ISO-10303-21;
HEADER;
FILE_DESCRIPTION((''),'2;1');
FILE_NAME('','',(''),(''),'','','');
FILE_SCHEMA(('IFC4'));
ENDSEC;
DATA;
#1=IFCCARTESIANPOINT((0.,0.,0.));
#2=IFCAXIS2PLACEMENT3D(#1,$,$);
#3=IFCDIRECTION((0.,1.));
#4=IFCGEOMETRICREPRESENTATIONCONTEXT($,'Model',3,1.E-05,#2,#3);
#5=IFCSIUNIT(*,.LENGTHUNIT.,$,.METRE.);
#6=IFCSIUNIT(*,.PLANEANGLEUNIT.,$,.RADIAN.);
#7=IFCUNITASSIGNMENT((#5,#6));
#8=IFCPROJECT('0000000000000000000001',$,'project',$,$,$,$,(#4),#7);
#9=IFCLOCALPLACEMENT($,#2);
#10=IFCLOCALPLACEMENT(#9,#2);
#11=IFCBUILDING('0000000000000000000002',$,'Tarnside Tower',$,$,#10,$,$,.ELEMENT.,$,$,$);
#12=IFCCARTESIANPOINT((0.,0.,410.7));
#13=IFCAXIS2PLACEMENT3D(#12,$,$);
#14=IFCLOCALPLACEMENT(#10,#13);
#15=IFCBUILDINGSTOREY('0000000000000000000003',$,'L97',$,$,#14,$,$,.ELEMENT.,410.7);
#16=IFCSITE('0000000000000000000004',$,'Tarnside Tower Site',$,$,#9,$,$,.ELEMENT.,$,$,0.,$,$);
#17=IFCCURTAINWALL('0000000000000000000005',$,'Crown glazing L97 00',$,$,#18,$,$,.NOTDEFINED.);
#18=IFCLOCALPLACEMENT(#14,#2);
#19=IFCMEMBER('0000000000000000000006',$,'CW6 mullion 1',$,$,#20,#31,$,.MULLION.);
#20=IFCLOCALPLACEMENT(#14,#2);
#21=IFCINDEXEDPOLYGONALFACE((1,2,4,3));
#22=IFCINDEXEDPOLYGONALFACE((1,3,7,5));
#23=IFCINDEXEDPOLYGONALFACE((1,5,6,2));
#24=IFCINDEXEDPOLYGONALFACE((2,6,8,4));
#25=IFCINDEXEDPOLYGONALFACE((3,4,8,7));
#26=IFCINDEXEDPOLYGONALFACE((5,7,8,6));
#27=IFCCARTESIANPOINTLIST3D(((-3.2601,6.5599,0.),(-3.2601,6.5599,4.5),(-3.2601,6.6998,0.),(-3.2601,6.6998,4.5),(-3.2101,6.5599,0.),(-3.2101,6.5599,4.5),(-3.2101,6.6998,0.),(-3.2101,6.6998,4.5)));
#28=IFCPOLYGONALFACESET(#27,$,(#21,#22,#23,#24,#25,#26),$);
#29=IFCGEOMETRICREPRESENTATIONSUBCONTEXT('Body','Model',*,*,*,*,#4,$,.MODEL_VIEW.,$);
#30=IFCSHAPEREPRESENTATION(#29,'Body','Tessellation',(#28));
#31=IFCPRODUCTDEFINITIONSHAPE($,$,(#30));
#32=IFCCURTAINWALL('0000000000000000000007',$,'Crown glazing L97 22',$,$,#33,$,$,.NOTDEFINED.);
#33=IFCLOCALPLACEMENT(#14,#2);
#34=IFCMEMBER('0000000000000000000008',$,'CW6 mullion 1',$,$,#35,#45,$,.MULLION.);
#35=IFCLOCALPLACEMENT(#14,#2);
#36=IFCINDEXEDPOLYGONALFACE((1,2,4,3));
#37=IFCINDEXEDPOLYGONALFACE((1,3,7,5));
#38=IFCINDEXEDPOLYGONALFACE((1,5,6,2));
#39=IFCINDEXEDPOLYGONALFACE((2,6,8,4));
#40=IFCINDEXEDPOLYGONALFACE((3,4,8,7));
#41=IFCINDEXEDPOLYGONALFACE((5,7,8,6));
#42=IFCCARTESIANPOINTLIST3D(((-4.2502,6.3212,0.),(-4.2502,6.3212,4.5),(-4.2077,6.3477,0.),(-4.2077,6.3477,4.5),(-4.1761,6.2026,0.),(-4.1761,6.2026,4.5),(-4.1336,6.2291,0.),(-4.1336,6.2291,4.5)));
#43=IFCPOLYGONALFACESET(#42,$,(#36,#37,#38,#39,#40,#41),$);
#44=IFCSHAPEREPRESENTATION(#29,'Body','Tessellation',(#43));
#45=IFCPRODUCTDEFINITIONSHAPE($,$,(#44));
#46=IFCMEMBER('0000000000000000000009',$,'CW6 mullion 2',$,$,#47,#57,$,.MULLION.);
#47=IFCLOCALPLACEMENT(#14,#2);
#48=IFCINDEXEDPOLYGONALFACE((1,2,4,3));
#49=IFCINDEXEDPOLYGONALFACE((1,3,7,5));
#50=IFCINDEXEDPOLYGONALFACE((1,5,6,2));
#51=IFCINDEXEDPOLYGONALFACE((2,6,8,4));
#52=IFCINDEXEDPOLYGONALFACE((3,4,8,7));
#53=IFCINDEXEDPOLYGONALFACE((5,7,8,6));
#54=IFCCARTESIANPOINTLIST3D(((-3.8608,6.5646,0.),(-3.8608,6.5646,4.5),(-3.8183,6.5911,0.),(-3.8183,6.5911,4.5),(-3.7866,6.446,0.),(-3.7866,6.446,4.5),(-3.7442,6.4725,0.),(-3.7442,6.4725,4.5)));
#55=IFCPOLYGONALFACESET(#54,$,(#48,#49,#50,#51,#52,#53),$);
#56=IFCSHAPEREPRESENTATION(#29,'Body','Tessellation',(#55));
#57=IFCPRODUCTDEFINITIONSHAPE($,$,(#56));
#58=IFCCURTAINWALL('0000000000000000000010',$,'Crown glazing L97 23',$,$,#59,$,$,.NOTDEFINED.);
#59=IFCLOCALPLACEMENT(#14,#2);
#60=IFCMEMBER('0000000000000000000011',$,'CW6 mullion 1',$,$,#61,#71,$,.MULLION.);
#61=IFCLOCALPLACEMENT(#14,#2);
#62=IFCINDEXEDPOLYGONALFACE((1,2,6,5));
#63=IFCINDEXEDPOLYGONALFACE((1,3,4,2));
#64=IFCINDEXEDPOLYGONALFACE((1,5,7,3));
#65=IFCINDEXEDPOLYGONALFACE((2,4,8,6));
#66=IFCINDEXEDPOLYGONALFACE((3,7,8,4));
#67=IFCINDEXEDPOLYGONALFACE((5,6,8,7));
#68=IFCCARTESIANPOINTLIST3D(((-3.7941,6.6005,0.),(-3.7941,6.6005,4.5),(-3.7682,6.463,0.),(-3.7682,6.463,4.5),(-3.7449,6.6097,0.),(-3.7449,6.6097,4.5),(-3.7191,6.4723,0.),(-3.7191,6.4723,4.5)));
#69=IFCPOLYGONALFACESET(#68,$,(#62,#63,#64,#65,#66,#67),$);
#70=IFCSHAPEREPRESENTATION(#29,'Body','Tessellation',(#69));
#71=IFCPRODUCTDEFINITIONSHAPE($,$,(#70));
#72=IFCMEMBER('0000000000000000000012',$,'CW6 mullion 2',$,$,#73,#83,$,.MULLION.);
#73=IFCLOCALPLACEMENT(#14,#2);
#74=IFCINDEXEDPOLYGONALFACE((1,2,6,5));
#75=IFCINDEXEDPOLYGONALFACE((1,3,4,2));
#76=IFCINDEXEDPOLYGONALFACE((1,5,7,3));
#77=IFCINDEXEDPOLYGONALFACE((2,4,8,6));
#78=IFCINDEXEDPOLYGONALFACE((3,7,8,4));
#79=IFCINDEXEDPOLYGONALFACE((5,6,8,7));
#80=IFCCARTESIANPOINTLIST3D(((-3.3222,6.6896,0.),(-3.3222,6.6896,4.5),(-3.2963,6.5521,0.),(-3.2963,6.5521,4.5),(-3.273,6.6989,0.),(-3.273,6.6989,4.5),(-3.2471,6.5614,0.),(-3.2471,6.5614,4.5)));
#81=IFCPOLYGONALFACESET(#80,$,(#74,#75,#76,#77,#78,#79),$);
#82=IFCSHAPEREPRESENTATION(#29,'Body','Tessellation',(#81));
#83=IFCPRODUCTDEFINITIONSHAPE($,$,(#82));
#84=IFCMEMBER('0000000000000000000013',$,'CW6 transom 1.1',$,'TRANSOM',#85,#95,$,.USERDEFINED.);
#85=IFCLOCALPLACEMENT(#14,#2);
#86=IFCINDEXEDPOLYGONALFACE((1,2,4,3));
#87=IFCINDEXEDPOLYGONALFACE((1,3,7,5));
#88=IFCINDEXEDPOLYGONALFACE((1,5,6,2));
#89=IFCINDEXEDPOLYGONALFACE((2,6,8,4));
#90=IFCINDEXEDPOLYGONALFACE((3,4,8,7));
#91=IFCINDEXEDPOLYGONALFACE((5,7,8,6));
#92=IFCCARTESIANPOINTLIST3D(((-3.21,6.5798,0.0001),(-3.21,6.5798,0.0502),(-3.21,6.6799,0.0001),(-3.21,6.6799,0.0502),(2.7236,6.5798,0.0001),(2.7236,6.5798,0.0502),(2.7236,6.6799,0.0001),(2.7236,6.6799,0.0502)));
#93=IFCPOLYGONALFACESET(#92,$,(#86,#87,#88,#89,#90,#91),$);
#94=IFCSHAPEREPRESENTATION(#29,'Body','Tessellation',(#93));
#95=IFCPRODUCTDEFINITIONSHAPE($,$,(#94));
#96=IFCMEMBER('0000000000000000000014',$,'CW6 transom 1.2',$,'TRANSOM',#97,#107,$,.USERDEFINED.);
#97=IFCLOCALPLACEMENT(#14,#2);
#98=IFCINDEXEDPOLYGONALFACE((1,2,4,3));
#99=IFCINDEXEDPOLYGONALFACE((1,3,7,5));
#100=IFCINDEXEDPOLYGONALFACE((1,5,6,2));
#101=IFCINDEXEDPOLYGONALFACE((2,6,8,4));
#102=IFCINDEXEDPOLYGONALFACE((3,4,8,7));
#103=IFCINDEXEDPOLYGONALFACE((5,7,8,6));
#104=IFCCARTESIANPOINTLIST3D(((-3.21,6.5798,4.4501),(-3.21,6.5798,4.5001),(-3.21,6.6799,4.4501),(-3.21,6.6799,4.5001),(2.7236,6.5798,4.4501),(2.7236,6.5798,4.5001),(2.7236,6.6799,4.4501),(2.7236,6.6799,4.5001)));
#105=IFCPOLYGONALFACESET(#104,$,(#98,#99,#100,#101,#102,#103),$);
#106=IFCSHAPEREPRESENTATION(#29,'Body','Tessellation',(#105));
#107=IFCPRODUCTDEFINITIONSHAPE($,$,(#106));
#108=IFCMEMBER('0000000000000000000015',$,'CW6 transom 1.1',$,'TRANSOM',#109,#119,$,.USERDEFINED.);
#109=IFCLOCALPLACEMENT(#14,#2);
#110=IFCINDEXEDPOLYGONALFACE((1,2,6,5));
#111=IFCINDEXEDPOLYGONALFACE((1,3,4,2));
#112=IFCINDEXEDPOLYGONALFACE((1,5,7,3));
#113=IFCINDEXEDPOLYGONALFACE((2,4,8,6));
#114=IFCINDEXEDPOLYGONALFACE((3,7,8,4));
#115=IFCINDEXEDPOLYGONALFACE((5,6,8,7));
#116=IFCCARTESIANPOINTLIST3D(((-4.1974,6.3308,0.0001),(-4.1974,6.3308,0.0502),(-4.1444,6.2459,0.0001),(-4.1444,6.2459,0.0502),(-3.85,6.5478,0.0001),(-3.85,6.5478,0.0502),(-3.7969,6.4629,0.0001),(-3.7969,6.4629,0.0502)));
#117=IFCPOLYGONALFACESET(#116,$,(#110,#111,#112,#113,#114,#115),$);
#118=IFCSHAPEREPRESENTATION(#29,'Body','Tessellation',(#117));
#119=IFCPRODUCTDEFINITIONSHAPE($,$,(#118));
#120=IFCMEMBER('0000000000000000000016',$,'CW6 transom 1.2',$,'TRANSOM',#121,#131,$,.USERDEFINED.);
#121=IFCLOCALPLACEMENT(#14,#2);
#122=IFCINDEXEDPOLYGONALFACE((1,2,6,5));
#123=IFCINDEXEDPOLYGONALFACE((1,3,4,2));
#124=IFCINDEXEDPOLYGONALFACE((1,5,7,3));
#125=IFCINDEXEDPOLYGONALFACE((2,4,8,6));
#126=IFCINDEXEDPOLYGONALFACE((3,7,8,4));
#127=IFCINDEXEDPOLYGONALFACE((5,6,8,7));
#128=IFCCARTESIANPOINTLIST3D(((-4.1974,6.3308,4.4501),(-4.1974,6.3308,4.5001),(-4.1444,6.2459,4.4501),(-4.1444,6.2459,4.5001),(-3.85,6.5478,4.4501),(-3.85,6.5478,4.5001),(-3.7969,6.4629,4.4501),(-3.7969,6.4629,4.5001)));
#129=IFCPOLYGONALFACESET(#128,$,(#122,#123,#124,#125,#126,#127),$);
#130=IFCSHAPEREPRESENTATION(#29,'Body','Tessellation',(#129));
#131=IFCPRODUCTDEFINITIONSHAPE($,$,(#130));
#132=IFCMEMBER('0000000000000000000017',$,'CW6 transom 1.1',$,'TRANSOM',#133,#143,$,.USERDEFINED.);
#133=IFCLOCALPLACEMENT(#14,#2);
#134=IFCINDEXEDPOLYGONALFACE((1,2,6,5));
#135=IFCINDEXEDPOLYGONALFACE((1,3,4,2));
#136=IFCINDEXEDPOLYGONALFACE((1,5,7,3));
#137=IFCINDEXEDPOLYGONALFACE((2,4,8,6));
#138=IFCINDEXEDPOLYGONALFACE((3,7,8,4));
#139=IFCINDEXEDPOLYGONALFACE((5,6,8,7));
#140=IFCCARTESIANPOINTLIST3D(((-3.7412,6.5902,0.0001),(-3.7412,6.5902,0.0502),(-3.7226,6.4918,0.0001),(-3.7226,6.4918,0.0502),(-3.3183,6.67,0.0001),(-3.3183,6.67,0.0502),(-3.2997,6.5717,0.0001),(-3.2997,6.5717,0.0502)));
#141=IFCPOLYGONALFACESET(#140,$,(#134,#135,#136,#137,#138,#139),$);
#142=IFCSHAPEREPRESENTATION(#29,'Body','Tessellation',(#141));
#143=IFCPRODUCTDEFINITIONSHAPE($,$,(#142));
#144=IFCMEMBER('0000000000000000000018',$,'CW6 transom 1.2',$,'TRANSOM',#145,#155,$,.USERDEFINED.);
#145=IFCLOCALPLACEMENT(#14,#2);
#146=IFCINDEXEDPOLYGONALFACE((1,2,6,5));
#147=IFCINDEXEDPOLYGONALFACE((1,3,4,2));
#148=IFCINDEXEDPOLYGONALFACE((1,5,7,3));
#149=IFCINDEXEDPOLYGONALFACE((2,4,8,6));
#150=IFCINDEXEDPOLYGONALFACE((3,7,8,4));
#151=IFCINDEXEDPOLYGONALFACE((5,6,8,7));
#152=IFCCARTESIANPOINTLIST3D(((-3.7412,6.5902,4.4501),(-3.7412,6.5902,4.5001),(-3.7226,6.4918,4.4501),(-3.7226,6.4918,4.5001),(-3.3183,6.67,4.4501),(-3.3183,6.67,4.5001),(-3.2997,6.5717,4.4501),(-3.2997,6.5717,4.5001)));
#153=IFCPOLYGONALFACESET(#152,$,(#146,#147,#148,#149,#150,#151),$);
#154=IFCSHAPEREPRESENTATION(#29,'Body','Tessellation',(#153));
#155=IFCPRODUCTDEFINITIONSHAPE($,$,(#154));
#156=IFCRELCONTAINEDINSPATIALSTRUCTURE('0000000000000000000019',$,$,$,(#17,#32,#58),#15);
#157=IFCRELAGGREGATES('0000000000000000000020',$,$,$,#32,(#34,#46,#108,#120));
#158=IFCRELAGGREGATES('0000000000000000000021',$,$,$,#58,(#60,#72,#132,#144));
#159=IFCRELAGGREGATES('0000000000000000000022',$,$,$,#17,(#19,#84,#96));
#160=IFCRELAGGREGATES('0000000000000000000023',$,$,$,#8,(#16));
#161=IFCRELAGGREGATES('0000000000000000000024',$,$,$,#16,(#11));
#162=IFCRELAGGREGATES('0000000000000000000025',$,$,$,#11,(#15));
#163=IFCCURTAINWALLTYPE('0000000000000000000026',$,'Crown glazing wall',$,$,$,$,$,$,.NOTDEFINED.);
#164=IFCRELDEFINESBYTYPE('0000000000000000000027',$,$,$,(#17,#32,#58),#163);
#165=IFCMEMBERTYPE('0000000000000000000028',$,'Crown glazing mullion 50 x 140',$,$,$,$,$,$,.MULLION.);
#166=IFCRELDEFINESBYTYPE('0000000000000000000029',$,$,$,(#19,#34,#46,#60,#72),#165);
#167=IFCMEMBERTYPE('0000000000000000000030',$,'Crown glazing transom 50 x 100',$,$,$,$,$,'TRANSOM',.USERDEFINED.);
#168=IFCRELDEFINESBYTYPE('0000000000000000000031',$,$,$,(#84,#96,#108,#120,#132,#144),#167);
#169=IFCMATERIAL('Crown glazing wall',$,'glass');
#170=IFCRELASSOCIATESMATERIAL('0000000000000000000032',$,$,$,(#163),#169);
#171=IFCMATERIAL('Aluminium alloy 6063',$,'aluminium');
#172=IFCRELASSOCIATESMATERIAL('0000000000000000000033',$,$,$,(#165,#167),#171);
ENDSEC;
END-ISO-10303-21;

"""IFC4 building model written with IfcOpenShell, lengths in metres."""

from ifc_helpers import new_model, si_unit, direction, frame, origin, origin_2d, place, context, subcontext, project, spatial, rectangle, extrude, material, material_profile, profile_set, type_object, element, aggregate, save


model = new_model("IFC4")

# Units and contexts
model_context = context("Model", 3, precision=1e-05, world=origin(), true_north=direction((0.0, 1.0)))
body_context = subcontext(model_context, "Body", "Model", "MODEL_VIEW")
ifc_project = project(units=[si_unit("LENGTHUNIT", "METRE"), si_unit("PLANEANGLEUNIT", "RADIAN")], contexts=[model_context])

# Site, building, storey
site_placement = place(None, origin())
site = spatial("IfcSite", under=ifc_project, at=site_placement, Name="Tarnside Tower Site", CompositionType="ELEMENT", RefElevation=0.0)
building_placement = place(site_placement, origin())
building = spatial("IfcBuilding", under=site, at=building_placement, Name="Tarnside Tower", CompositionType="ELEMENT")
storey_placement = place(building_placement, frame((0.0, 0.0, 410.7)))
storey = spatial("IfcBuildingStorey", under=building, at=storey_placement, Name="L97", CompositionType="ELEMENT", Elevation=410.7)

# Curtain wall, member
ifc_material_1 = material(Name="Crown glazing wall", Category="glass")
curtain_wall_type_1 = type_object("IfcCurtainWallType", Name="Crown glazing wall", PredefinedType="NOTDEFINED", material=ifc_material_1)
curtain_wall_1_placement = place(storey_placement, origin())
curtain_wall_1 = element("IfcCurtainWall", 1, at=curtain_wall_1_placement, inside=storey, type_object=curtain_wall_type_1, Name="Crown glazing L97 00", PredefinedType="NOTDEFINED")
ifc_material_2 = material(Name="Aluminium alloy 6063", Category="aluminium")
ifc_material_profile_1 = material_profile(ifc_material_2, rectangle(XDim=0.1399, YDim=0.05, at=origin_2d()), Name="Crown glazing mullion 50 x 140")
ifc_profile_set_1 = profile_set([ifc_material_profile_1], Name="Aluminium alloy 6063")
member_type_1 = type_object("IfcMemberType", Name="Crown glazing mullion 50 x 140", PredefinedType="MULLION", material=ifc_profile_set_1)
member_1_placement = place(storey_placement, frame((-3.2351, 6.6299, 0.0), z_axis=(0.0, 0.0, 1.0), x_axis=(0.0, 1.0, 0.0)))
member_1 = element("IfcMember", 2, at=member_1_placement, type_object=member_type_1, Name="CW6 mullion 1", PredefinedType="MULLION", context=body_context, shape_type="SweptSolid", body=[
    extrude(rectangle(XDim=0.1399, YDim=0.05, at=origin_2d()), origin(), (0.0, 0.0, 1.0), 4.5),
])

# Curtain walls, members
curtain_wall_2_placement = place(storey_placement, origin())
curtain_wall_2 = element("IfcCurtainWall", 3, at=curtain_wall_2_placement, inside=storey, type_object=curtain_wall_type_1, Name="Crown glazing L97 22", PredefinedType="NOTDEFINED")
member_2_placement = place(storey_placement, frame((-4.1919, 6.2751, 0.0), z_axis=(0.0, 0.0, 1.0), x_axis=(-0.529919, 0.848048, 0.0)))
member_2 = element("IfcMember", 4, at=member_2_placement, type_object=member_type_1, Name="CW6 mullion 1", PredefinedType="MULLION", context=body_context, shape_type="SweptSolid", body=[
    extrude(rectangle(XDim=0.1399, YDim=0.05, at=origin_2d()), origin(), (0.0, 0.0, 1.0), 4.5),
])
member_3_placement = place(storey_placement, frame((-3.8025, 6.5186, 0.0), z_axis=(0.0, 0.0, 1.0), x_axis=(-0.529919, 0.848048, 0.0)))
member_3 = element("IfcMember", 5, at=member_3_placement, type_object=member_type_1, Name="CW6 mullion 2", PredefinedType="MULLION", context=body_context, shape_type="SweptSolid", body=[
    extrude(rectangle(XDim=0.1399, YDim=0.05, at=origin_2d()), origin(), (0.0, 0.0, 1.0), 4.5),
])
curtain_wall_3_placement = place(storey_placement, origin())
curtain_wall_3 = element("IfcCurtainWall", 6, at=curtain_wall_3_placement, inside=storey, type_object=curtain_wall_type_1, Name="Crown glazing L97 23", PredefinedType="NOTDEFINED")
member_4_placement = place(storey_placement, frame((-3.7566, 6.5364, 0.0), z_axis=(0.0, 0.0, 1.0), x_axis=(-0.185095, 0.982721, 0.0)))
member_4 = element("IfcMember", 7, at=member_4_placement, type_object=member_type_1, Name="CW6 mullion 1", PredefinedType="MULLION", context=body_context, shape_type="SweptSolid", body=[
    extrude(rectangle(XDim=0.1399, YDim=0.05, at=origin_2d()), origin(), (0.0, 0.0, 1.0), 4.5),
])
member_5_placement = place(storey_placement, frame((-3.2847, 6.6255, 0.0), z_axis=(0.0, 0.0, 1.0), x_axis=(-0.185095, 0.982721, 0.0)))
member_5 = element("IfcMember", 8, at=member_5_placement, type_object=member_type_1, Name="CW6 mullion 2", PredefinedType="MULLION", context=body_context, shape_type="SweptSolid", body=[
    extrude(rectangle(XDim=0.1399, YDim=0.05, at=origin_2d()), origin(), (0.0, 0.0, 1.0), 4.5),
])

# Members
ifc_material_profile_2 = material_profile(ifc_material_2, rectangle(XDim=0.1001, YDim=0.05, at=origin_2d()), Name="Crown glazing transom 50 x 100")
ifc_profile_set_2 = profile_set([ifc_material_profile_2], Name="Aluminium alloy 6063")
member_type_2 = type_object("IfcMemberType", Name="Crown glazing transom 50 x 100", ElementType="TRANSOM", PredefinedType="USERDEFINED", material=ifc_profile_set_2)
member_6_placement = place(storey_placement, frame((-3.21, 6.6299, 0.0251), z_axis=(1.0, 0.0, 0.0), x_axis=(0.0, 1.0, 0.0)))
member_6 = element("IfcMember", 9, at=member_6_placement, type_object=member_type_2, Name="CW6 transom 1.1", ObjectType="TRANSOM", PredefinedType="USERDEFINED", context=body_context, shape_type="SweptSolid", body=[
    extrude(rectangle(XDim=0.1001, YDim=0.05, at=origin_2d()), origin(), (0.0, 0.0, 1.0), 5.9336),
])
member_7_placement = place(storey_placement, frame((-3.21, 6.6299, 4.4751), z_axis=(1.0, 0.0, 0.0), x_axis=(0.0, 1.0, 0.0)))
member_7 = element("IfcMember", 10, at=member_7_placement, type_object=member_type_2, Name="CW6 transom 1.2", ObjectType="TRANSOM", PredefinedType="USERDEFINED", context=body_context, shape_type="SweptSolid", body=[
    extrude(rectangle(XDim=0.1001, YDim=0.05, at=origin_2d()), origin(), (0.0, 0.0, 1.0), 5.9336),
])
member_8_placement = place(storey_placement, frame((-4.1709, 6.2883, 0.0251), z_axis=(0.848099, 0.529838, 0.0), x_axis=(-0.529838, 0.848099, 0.0)))
member_8 = element("IfcMember", 11, at=member_8_placement, type_object=member_type_2, Name="CW6 transom 1.1", ObjectType="TRANSOM", PredefinedType="USERDEFINED", context=body_context, shape_type="SweptSolid", body=[
    extrude(rectangle(XDim=0.1001, YDim=0.05, at=origin_2d()), origin(), (0.0, 0.0, 1.0), 0.4097),
])
member_9_placement = place(storey_placement, frame((-4.1709, 6.2883, 4.4751), z_axis=(0.848099, 0.529838, 0.0), x_axis=(-0.529838, 0.848099, 0.0)))
member_9 = element("IfcMember", 12, at=member_9_placement, type_object=member_type_2, Name="CW6 transom 1.2", ObjectType="TRANSOM", PredefinedType="USERDEFINED", context=body_context, shape_type="SweptSolid", body=[
    extrude(rectangle(XDim=0.1001, YDim=0.05, at=origin_2d()), origin(), (0.0, 0.0, 1.0), 0.4097),
])
member_10_placement = place(storey_placement, frame((-3.7319, 6.541, 0.0251), z_axis=(0.98264, 0.185522, 0.0), x_axis=(-0.185522, 0.98264, 0.0)))
member_10 = element("IfcMember", 13, at=member_10_placement, type_object=member_type_2, Name="CW6 transom 1.1", ObjectType="TRANSOM", PredefinedType="USERDEFINED", context=body_context, shape_type="SweptSolid", body=[
    extrude(rectangle(XDim=0.1001, YDim=0.05, at=origin_2d()), origin(), (0.0, 0.0, 1.0), 0.4304),
])
member_11_placement = place(storey_placement, frame((-3.7319, 6.541, 4.4751), z_axis=(0.98264, 0.185522, 0.0), x_axis=(-0.185522, 0.98264, 0.0)))
member_11 = element("IfcMember", 14, at=member_11_placement, type_object=member_type_2, Name="CW6 transom 1.2", ObjectType="TRANSOM", PredefinedType="USERDEFINED", context=body_context, shape_type="SweptSolid", body=[
    extrude(rectangle(XDim=0.1001, YDim=0.05, at=origin_2d()), origin(), (0.0, 0.0, 1.0), 0.4304),
])

aggregate(curtain_wall_2, [member_2, member_3, member_8, member_9])
aggregate(curtain_wall_3, [member_4, member_5, member_10, member_11])
aggregate(curtain_wall_1, [member_1, member_6, member_7])

save(model, "model.ifc")
